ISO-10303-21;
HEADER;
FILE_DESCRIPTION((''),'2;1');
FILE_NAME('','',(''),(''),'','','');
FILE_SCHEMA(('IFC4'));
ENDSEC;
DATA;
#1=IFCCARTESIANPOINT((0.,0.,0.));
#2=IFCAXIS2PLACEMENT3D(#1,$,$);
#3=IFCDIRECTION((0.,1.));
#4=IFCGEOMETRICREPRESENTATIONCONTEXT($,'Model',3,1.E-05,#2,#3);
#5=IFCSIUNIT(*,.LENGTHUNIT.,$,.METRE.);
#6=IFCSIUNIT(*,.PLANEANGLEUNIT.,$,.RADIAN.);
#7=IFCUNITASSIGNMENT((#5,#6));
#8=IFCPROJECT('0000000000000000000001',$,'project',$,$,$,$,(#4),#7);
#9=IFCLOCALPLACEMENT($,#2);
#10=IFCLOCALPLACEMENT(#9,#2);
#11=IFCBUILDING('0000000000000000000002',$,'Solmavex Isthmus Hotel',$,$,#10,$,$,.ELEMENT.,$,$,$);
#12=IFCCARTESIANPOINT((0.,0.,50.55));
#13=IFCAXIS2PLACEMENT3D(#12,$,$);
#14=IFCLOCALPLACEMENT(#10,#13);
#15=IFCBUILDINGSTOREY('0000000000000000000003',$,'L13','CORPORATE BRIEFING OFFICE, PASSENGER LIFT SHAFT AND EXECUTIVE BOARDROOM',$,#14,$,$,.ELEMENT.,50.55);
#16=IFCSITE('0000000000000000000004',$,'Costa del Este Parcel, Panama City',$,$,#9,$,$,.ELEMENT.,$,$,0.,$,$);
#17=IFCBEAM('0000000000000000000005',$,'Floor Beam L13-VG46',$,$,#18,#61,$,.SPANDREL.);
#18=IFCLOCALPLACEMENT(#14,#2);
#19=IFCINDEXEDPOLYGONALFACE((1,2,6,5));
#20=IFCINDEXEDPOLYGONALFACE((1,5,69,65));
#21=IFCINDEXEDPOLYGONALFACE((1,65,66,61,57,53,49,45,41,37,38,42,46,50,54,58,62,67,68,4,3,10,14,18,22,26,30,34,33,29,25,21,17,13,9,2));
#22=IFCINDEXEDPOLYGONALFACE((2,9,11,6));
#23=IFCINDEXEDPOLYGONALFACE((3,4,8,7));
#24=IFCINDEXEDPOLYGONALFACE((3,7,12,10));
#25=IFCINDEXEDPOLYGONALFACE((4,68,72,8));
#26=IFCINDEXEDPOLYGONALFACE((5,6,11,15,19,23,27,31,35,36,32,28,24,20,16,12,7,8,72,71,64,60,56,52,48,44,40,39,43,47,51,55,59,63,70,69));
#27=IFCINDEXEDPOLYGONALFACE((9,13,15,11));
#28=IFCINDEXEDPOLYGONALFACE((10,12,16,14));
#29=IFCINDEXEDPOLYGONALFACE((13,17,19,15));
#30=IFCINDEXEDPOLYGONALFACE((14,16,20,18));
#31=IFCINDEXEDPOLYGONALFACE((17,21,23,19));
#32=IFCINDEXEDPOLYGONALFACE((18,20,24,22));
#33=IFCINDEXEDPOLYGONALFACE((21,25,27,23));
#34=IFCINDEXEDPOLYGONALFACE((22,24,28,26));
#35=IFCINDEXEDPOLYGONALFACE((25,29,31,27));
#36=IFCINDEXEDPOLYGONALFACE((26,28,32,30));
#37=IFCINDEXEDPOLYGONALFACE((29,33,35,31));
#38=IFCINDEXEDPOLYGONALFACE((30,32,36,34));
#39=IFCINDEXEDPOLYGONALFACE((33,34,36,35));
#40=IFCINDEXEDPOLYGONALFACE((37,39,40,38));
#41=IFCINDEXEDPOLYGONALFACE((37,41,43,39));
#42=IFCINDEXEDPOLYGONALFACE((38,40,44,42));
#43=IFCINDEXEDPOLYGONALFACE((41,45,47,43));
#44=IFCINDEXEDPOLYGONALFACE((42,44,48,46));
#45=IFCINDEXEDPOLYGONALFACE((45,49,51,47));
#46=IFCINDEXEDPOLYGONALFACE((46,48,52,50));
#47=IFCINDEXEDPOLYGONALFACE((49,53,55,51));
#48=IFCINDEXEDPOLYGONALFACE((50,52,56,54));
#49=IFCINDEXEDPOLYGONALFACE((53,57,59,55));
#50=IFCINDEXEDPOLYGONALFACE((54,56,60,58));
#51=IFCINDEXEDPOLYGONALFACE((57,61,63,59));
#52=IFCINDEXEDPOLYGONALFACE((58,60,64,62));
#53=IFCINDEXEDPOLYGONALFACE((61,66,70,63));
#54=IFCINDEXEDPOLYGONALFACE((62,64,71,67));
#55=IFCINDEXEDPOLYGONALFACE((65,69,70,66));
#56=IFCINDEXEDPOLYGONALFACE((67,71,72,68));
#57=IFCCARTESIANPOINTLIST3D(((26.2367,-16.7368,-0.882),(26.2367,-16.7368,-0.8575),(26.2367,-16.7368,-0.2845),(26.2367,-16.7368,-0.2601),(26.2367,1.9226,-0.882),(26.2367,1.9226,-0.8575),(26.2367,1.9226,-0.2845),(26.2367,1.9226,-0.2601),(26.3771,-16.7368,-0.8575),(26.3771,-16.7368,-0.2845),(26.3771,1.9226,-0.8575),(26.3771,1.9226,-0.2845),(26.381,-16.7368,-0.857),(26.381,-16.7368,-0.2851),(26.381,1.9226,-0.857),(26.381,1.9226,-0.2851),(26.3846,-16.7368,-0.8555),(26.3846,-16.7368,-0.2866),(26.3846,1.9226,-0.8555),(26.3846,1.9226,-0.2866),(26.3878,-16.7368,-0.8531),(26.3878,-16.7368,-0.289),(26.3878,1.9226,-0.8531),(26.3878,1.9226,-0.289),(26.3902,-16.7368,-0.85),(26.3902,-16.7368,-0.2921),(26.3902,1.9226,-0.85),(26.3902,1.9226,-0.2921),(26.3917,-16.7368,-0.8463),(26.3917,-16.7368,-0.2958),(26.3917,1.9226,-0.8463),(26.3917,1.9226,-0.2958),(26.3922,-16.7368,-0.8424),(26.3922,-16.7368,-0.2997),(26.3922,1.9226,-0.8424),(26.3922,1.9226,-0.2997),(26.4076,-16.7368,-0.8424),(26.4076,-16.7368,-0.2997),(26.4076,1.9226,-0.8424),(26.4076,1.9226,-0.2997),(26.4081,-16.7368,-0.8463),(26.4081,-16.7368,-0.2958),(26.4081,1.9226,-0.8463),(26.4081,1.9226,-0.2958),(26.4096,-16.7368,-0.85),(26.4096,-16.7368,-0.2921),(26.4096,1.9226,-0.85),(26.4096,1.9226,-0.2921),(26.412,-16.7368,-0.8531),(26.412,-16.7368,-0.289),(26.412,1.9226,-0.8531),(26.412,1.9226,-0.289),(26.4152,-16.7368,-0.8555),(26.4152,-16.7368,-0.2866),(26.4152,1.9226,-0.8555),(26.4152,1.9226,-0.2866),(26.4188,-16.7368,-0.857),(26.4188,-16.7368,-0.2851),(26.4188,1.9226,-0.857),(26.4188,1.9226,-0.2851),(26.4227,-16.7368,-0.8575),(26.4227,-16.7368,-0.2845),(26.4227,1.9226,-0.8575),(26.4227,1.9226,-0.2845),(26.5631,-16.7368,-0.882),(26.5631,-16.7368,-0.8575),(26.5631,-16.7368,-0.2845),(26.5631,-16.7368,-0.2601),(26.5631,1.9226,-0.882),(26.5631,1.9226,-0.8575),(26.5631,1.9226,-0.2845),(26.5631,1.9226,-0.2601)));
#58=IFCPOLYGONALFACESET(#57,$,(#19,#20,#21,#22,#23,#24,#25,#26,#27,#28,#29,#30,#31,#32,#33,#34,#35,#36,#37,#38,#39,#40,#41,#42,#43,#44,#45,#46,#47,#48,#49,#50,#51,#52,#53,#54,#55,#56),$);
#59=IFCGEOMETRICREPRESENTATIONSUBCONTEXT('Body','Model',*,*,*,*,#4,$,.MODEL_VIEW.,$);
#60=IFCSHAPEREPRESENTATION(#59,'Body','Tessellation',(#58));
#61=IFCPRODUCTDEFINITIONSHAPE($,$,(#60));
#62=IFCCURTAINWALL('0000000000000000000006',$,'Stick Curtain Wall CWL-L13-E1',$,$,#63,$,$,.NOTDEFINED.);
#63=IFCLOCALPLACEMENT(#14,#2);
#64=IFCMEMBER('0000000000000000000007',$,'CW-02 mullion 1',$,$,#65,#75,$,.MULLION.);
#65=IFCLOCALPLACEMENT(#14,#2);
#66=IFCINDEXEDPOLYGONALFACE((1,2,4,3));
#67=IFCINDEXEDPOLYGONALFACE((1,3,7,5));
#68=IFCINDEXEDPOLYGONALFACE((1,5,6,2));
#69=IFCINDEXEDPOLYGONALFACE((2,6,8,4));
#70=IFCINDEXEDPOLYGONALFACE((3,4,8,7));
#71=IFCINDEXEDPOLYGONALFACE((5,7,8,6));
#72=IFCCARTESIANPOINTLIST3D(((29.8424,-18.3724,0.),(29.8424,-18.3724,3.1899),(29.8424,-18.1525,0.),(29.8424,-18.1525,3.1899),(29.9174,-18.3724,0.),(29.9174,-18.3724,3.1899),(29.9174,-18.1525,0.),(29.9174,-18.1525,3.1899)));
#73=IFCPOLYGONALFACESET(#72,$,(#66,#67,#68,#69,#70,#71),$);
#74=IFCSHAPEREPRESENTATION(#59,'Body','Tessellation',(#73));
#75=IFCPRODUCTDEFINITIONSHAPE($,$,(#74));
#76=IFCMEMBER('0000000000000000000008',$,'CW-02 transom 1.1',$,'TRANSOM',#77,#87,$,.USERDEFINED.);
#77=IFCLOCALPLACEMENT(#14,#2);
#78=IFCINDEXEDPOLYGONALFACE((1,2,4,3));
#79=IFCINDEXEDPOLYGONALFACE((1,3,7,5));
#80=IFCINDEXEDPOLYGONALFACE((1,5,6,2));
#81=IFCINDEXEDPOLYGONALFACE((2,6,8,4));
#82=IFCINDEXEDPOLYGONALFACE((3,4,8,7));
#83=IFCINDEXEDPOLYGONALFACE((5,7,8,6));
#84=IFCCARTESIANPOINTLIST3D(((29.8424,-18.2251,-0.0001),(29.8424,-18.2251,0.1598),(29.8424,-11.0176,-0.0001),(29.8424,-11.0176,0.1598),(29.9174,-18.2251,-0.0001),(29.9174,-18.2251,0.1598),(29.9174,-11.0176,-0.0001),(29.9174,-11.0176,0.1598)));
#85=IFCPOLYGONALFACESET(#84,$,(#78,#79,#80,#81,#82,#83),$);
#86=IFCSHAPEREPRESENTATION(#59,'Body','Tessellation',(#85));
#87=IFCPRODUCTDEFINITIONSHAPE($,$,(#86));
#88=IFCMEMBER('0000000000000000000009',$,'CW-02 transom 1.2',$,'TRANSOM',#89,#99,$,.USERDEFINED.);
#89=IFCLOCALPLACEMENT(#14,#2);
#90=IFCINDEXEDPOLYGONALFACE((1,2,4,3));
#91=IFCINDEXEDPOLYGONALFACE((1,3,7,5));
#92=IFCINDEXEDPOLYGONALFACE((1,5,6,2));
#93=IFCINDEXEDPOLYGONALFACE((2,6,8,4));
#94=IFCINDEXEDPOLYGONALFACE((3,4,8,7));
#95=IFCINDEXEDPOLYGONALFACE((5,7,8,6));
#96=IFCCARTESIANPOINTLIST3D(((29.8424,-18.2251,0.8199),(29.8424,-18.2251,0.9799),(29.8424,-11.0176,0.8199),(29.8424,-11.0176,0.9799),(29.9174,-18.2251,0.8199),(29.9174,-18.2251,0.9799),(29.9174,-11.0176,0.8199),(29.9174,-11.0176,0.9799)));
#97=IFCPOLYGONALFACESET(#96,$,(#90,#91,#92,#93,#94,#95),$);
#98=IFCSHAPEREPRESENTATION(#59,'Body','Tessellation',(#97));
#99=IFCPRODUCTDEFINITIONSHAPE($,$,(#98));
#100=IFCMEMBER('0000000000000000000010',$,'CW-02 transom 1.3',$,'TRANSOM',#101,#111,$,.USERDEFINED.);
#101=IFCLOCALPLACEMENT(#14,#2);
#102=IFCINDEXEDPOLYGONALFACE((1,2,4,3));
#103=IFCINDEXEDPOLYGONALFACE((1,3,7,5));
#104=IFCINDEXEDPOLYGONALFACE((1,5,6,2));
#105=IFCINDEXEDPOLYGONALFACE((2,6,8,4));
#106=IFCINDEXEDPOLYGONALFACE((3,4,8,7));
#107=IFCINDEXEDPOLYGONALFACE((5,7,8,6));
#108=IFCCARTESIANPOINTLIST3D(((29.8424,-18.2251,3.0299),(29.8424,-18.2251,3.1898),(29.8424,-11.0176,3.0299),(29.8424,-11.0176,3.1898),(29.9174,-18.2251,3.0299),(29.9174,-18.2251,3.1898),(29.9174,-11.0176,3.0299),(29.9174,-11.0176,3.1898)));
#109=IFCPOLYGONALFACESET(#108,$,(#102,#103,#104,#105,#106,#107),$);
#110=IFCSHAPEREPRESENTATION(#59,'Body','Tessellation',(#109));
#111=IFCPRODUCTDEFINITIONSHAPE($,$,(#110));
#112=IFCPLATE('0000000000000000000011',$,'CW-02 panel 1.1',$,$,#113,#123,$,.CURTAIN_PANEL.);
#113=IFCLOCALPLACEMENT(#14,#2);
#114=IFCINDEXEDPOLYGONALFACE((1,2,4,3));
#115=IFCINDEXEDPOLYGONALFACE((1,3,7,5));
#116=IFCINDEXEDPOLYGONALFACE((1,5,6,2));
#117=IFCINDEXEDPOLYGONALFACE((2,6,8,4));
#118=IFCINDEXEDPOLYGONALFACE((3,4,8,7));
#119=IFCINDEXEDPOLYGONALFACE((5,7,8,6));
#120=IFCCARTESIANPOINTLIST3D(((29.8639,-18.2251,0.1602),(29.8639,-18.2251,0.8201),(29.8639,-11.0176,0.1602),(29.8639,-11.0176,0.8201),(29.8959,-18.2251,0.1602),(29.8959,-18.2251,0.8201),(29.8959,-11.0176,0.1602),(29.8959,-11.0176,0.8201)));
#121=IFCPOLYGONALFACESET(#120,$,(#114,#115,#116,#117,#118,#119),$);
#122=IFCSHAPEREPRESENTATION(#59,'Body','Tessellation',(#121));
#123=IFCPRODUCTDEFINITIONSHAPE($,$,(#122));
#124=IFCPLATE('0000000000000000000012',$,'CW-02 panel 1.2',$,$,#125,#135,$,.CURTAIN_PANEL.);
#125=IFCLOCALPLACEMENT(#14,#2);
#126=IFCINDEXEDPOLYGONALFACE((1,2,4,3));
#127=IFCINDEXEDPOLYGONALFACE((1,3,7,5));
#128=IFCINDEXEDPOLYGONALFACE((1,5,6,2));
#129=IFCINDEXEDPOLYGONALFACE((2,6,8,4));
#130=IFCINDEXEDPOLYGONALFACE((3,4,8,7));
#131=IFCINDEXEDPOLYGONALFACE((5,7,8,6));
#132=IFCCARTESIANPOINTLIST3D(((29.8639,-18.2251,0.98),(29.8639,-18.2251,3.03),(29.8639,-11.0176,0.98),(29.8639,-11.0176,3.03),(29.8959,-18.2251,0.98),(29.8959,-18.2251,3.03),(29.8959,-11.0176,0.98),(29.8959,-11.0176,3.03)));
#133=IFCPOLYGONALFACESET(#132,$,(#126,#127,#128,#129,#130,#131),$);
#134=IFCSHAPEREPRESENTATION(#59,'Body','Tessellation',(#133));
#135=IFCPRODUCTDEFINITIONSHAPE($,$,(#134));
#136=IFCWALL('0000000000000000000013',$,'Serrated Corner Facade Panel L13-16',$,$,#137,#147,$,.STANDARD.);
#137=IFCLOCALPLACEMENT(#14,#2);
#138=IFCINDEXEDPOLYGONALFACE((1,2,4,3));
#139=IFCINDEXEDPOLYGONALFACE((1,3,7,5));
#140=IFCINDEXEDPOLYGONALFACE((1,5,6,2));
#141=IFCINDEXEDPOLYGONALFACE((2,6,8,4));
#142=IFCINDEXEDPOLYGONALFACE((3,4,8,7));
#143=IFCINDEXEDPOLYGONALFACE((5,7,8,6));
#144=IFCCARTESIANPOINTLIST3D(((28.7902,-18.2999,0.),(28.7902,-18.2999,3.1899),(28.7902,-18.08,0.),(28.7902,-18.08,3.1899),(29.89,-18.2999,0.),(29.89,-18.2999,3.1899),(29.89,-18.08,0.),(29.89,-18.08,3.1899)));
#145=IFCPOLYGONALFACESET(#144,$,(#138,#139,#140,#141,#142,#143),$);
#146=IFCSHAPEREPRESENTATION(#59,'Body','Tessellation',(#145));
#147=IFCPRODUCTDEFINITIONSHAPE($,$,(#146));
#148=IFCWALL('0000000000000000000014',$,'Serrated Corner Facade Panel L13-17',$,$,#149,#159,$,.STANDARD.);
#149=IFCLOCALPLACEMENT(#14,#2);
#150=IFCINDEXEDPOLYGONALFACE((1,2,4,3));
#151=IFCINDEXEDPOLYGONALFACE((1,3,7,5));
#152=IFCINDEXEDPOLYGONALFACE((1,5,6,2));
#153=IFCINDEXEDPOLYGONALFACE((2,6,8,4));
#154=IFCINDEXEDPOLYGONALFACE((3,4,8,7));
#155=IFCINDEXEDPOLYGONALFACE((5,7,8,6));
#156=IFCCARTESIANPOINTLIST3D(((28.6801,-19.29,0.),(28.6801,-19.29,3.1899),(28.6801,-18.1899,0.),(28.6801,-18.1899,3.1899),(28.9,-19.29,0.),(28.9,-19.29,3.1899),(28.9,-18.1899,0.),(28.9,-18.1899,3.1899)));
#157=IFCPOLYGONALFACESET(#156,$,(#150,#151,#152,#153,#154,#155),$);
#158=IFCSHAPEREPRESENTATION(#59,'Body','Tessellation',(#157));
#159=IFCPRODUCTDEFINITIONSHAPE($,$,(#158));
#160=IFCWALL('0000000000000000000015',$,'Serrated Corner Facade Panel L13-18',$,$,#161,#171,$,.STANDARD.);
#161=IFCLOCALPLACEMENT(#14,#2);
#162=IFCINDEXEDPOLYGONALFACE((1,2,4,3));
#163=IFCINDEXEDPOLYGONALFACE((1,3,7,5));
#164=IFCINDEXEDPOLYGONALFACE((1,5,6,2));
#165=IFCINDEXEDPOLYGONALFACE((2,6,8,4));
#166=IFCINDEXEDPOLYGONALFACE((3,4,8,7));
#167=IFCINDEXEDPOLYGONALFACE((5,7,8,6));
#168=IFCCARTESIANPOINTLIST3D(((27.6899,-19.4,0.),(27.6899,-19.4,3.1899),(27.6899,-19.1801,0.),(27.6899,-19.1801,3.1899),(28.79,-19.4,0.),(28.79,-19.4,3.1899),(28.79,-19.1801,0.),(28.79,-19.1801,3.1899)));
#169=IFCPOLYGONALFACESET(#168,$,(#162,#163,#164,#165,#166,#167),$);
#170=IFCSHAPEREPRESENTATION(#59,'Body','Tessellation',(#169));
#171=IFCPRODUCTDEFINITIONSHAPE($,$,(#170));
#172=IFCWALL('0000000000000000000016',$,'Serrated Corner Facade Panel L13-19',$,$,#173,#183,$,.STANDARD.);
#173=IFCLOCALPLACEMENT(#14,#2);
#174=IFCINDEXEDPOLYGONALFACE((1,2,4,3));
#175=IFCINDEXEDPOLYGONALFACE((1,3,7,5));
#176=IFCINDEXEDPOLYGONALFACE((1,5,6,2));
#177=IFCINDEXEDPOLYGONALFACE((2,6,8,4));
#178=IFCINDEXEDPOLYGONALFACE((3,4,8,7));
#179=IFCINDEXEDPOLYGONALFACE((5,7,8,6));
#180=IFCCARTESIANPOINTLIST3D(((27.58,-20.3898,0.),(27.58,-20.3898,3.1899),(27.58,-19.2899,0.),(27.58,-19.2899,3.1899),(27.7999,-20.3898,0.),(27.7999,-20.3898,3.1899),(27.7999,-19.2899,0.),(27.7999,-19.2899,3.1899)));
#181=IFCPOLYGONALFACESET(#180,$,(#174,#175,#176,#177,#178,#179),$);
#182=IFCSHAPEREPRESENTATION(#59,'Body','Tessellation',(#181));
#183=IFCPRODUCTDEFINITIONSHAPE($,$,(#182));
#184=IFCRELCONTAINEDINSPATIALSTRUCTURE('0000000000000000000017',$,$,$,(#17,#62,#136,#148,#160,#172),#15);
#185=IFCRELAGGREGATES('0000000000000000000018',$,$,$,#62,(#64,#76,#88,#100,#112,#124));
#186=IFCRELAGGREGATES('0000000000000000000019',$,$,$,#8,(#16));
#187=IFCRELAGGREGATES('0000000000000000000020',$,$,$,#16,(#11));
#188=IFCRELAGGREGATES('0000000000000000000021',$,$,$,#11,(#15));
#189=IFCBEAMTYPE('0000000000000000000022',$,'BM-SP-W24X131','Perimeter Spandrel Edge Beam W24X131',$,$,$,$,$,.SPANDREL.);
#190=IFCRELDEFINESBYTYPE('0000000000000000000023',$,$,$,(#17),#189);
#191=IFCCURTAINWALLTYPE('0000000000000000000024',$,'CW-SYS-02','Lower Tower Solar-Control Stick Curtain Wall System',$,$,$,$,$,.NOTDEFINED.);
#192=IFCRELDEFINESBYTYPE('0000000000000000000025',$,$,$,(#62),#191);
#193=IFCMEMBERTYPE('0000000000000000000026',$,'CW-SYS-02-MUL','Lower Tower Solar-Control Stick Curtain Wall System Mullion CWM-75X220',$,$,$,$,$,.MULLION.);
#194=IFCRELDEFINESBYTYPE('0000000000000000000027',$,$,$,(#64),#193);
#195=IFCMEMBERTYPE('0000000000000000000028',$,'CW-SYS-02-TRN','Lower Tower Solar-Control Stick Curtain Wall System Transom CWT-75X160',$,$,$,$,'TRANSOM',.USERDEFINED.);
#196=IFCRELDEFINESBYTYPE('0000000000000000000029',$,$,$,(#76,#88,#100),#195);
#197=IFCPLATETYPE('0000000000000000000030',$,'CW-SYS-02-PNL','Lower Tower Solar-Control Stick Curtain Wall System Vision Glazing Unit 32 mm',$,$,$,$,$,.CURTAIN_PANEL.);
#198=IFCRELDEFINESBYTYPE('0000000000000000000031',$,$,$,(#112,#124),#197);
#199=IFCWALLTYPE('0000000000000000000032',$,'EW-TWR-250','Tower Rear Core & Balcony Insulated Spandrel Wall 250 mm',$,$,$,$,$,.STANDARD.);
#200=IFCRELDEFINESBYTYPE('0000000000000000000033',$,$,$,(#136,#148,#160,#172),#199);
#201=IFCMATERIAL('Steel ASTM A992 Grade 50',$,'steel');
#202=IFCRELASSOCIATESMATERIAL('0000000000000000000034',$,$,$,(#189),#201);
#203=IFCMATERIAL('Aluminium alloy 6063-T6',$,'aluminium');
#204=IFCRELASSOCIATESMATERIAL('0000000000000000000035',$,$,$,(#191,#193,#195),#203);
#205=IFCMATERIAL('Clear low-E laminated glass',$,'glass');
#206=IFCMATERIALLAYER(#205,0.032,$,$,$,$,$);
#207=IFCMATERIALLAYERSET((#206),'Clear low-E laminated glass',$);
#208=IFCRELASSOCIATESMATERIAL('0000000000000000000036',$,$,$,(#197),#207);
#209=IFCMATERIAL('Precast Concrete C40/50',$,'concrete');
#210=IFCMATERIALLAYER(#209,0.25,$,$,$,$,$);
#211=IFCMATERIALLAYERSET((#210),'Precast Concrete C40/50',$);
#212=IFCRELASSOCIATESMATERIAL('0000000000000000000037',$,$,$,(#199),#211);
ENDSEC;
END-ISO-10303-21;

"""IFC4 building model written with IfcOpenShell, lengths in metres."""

from ifc_helpers import new_model, si_unit, direction, frame, frame_2d, origin, origin_2d, place, context, subcontext, project, spatial, rectangle, i_section, extrude, material, layer, layer_set, material_profile, profile_set, type_object, element, aggregate, save


model = new_model("IFC4")

# Units and contexts
model_context = context("Model", 3, precision=1e-05, world=origin(), true_north=direction((0.0, 1.0)))
body_context = subcontext(model_context, "Body", "Model", "MODEL_VIEW")
ifc_project = project(units=[si_unit("LENGTHUNIT", "METRE"), si_unit("PLANEANGLEUNIT", "RADIAN")], contexts=[model_context])

# Site, building, storey
site_placement = place(None, origin())
site = spatial("IfcSite", under=ifc_project, at=site_placement, Name="Costa del Este Parcel, Panama City", CompositionType="ELEMENT", RefElevation=0.0)
building_placement = place(site_placement, origin())
building = spatial("IfcBuilding", under=site, at=building_placement, Name="Solmavex Isthmus Hotel", CompositionType="ELEMENT")
storey_placement = place(building_placement, frame((0.0, 0.0, 50.55)))
storey = spatial("IfcBuildingStorey", under=building, at=storey_placement, Name="L13", Description="CORPORATE BRIEFING OFFICE, PASSENGER LIFT SHAFT AND EXECUTIVE BOARDROOM", CompositionType="ELEMENT", Elevation=50.55)

# Beam
ifc_material_1 = material(Name="Steel ASTM A992 Grade 50", Category="steel")
ifc_material_profile_1 = material_profile(ifc_material_1, i_section(OverallWidth=0.3264, OverallDepth=0.6218, WebThickness=0.0154, FlangeThickness=0.0244, FilletRadius=0.0151, at=origin_2d()), Name="W24X131")
ifc_profile_set_1 = profile_set([ifc_material_profile_1], Name="Steel ASTM A992 Grade 50")
beam_type_1 = type_object("IfcBeamType", Name="BM-SP-W24X131", Description="Perimeter Spandrel Edge Beam W24X131", PredefinedType="SPANDREL", material=ifc_profile_set_1)
beam_1_placement = place(storey_placement, frame((26.3999, -16.7368, -0.571), z_axis=(0.0, 1.0, 0.0), x_axis=(-1.0, 0.0, 0.0)))
element("IfcBeam", 1, at=beam_1_placement, inside=storey, type_object=beam_type_1, Name="Floor Beam L13-VG46", PredefinedType="SPANDREL", context=body_context, shape_type="SweptSolid", body=[
    extrude(i_section(OverallWidth=0.3264, OverallDepth=0.6218, WebThickness=0.0154, FlangeThickness=0.0244, FilletRadius=0.0151, at=origin_2d()), origin(), (0.0, 0.0, 1.0), 18.6594),
])

# Curtain wall, members, plates
ifc_material_2 = material(Name="Aluminium alloy 6063-T6", Category="aluminium")
curtain_wall_type = type_object("IfcCurtainWallType", Name="CW-SYS-02", Description="Lower Tower Solar-Control Stick Curtain Wall System", PredefinedType="NOTDEFINED", material=ifc_material_2)
curtain_wall_placement = place(storey_placement, origin())
curtain_wall = element("IfcCurtainWall", 2, at=curtain_wall_placement, inside=storey, type_object=curtain_wall_type, Name="Stick Curtain Wall CWL-L13-E1", PredefinedType="NOTDEFINED")
ifc_material_profile_2 = material_profile(ifc_material_2, rectangle(XDim=0.075, YDim=0.22, at=origin_2d()), Name="CWM-75X220")
ifc_profile_set_2 = profile_set([ifc_material_profile_2], Name="Aluminium alloy 6063-T6")
member_type_1 = type_object("IfcMemberType", Name="CW-SYS-02-MUL", Description="Lower Tower Solar-Control Stick Curtain Wall System Mullion CWM-75X220", PredefinedType="MULLION", material=ifc_profile_set_2)
member_1_placement = place(storey_placement, frame((29.8799, -18.2625, 0.0), z_axis=(0.0, 0.0, 1.0), x_axis=(-1.0, 0.0, 0.0)))
member_1 = element("IfcMember", 3, at=member_1_placement, type_object=member_type_1, Name="CW-02 mullion 1", PredefinedType="MULLION", context=body_context, shape_type="SweptSolid", body=[
    extrude(rectangle(XDim=0.075, YDim=0.22, at=origin_2d()), origin(), (0.0, 0.0, 1.0), 3.1899),
])
ifc_material_profile_3 = material_profile(ifc_material_2, rectangle(XDim=0.075, YDim=0.1599, at=origin_2d()), Name="CWT-75X160")
ifc_profile_set_3 = profile_set([ifc_material_profile_3], Name="Aluminium alloy 6063-T6")
member_type_2 = type_object("IfcMemberType", Name="CW-SYS-02-TRN", Description="Lower Tower Solar-Control Stick Curtain Wall System Transom CWT-75X160", ElementType="TRANSOM", PredefinedType="USERDEFINED", material=ifc_profile_set_3)
member_2_placement = place(storey_placement, frame((29.8799, -18.2251, 0.0798), z_axis=(0.0, 1.0, 0.0), x_axis=(-1.0, 0.0, 0.0)))
member_2 = element("IfcMember", 4, at=member_2_placement, type_object=member_type_2, Name="CW-02 transom 1.1", ObjectType="TRANSOM", PredefinedType="USERDEFINED", context=body_context, shape_type="SweptSolid", body=[
    extrude(rectangle(XDim=0.075, YDim=0.1599, at=origin_2d()), origin(), (0.0, 0.0, 1.0), 7.2075),
])
member_3_placement = place(storey_placement, frame((29.8799, -18.2251, 0.8999), z_axis=(0.0, 1.0, 0.0), x_axis=(-1.0, 0.0, 0.0)))
member_3 = element("IfcMember", 5, at=member_3_placement, type_object=member_type_2, Name="CW-02 transom 1.2", ObjectType="TRANSOM", PredefinedType="USERDEFINED", context=body_context, shape_type="SweptSolid", body=[
    extrude(rectangle(XDim=0.075, YDim=0.1599, at=origin_2d()), origin(), (0.0, 0.0, 1.0), 7.2075),
])
member_4_placement = place(storey_placement, frame((29.8799, -18.2251, 3.1099), z_axis=(0.0, 1.0, 0.0), x_axis=(-1.0, 0.0, 0.0)))
member_4 = element("IfcMember", 6, at=member_4_placement, type_object=member_type_2, Name="CW-02 transom 1.3", ObjectType="TRANSOM", PredefinedType="USERDEFINED", context=body_context, shape_type="SweptSolid", body=[
    extrude(rectangle(XDim=0.075, YDim=0.1599, at=origin_2d()), origin(), (0.0, 0.0, 1.0), 7.2075),
])
ifc_material_3 = material(Name="Clear low-E laminated glass", Category="glass")
ifc_layer_1 = layer(ifc_material_3, 0.032)
ifc_layer_set_1 = layer_set([ifc_layer_1], Name="Clear low-E laminated glass")
plate_type = type_object("IfcPlateType", Name="CW-SYS-02-PNL", Description="Lower Tower Solar-Control Stick Curtain Wall System Vision Glazing Unit 32 mm", PredefinedType="CURTAIN_PANEL", material=ifc_layer_set_1)
plate_1_placement = place(storey_placement, frame((29.8799, -14.6213, 0.1602), z_axis=(0.0, 0.0, 1.0), x_axis=(0.0, 1.0, 0.0)))
plate_1 = element("IfcPlate", 7, at=plate_1_placement, type_object=plate_type, Name="CW-02 panel 1.1", PredefinedType="CURTAIN_PANEL", context=body_context, shape_type="SweptSolid", body=[
    extrude(rectangle(XDim=7.2075, YDim=0.032, at=origin_2d()), origin(), (0.0, 0.0, 1.0), 0.6599),
])
plate_2_placement = place(storey_placement, frame((29.8799, -14.6213, 0.98), z_axis=(0.0, 0.0, 1.0), x_axis=(0.0, 1.0, 0.0)))
plate_2 = element("IfcPlate", 8, at=plate_2_placement, type_object=plate_type, Name="CW-02 panel 1.2", PredefinedType="CURTAIN_PANEL", context=body_context, shape_type="SweptSolid", body=[
    extrude(rectangle(XDim=7.2075, YDim=0.032, at=origin_2d()), origin(), (0.0, 0.0, 1.0), 2.05),
])
aggregate(curtain_wall, [member_1, member_2, member_3, member_4, plate_1, plate_2])

# Walls
ifc_material_4 = material(Name="Precast Concrete C40/50", Category="concrete")
ifc_layer_2 = layer(ifc_material_4, 0.25)
ifc_layer_set_2 = layer_set([ifc_layer_2], Name="Precast Concrete C40/50")
wall_type_1 = type_object("IfcWallType", Name="EW-TWR-250", Description="Tower Rear Core & Balcony Insulated Spandrel Wall 250 mm", PredefinedType="STANDARD", material=ifc_layer_set_2)
wall_1_placement = place(storey_placement, frame((29.8899, -18.1899, 0.0), z_axis=(0.0, 0.0, 1.0), x_axis=(-1.0, 0.0, 0.0)))
element("IfcWall", 9, at=wall_1_placement, inside=storey, type_object=wall_type_1, Name="Serrated Corner Facade Panel L13-16", PredefinedType="STANDARD", context=body_context, shape_type="SweptSolid", body=[
    extrude(rectangle(XDim=1.0999, YDim=0.22, at=frame_2d((0.5498, 0.0))), origin(), (0.0, 0.0, 1.0), 3.1899),
])
for number, where, z_axis, x_axis, name in (
    (10, (28.79, -18.1899, 0.0), (0.0, 0.0, 1.0), (0.0, -1.0, 0.0), "Serrated Corner Facade Panel L13-17"),
    (11, (28.79, -19.29, 0.0), (0.0, 0.0, 1.0), (-1.0, 0.0, 0.0), "Serrated Corner Facade Panel L13-18"),
):
    element("IfcWall", number, at=place(storey_placement, frame(where, z_axis=z_axis, x_axis=x_axis)), inside=storey, type_object=wall_type_1, Name=name, PredefinedType="STANDARD", context=body_context, shape_type="SweptSolid", body=[
        extrude(rectangle(XDim=1.1001, YDim=0.22, at=frame_2d((0.55, 0.0))), origin(), (0.0, 0.0, 1.0), 3.1899),
    ])
wall_2_placement = place(storey_placement, frame((27.6899, -19.29, 0.0), z_axis=(0.0, 0.0, 1.0), x_axis=(0.0, -1.0, 0.0)))
element("IfcWall", 12, at=wall_2_placement, inside=storey, type_object=wall_type_1, Name="Serrated Corner Facade Panel L13-19", PredefinedType="STANDARD", context=body_context, shape_type="SweptSolid", body=[
    extrude(rectangle(XDim=1.0999, YDim=0.22, at=frame_2d((0.5498, 0.0))), origin(), (0.0, 0.0, 1.0), 3.1899),
])

save(model, "model.ifc")
